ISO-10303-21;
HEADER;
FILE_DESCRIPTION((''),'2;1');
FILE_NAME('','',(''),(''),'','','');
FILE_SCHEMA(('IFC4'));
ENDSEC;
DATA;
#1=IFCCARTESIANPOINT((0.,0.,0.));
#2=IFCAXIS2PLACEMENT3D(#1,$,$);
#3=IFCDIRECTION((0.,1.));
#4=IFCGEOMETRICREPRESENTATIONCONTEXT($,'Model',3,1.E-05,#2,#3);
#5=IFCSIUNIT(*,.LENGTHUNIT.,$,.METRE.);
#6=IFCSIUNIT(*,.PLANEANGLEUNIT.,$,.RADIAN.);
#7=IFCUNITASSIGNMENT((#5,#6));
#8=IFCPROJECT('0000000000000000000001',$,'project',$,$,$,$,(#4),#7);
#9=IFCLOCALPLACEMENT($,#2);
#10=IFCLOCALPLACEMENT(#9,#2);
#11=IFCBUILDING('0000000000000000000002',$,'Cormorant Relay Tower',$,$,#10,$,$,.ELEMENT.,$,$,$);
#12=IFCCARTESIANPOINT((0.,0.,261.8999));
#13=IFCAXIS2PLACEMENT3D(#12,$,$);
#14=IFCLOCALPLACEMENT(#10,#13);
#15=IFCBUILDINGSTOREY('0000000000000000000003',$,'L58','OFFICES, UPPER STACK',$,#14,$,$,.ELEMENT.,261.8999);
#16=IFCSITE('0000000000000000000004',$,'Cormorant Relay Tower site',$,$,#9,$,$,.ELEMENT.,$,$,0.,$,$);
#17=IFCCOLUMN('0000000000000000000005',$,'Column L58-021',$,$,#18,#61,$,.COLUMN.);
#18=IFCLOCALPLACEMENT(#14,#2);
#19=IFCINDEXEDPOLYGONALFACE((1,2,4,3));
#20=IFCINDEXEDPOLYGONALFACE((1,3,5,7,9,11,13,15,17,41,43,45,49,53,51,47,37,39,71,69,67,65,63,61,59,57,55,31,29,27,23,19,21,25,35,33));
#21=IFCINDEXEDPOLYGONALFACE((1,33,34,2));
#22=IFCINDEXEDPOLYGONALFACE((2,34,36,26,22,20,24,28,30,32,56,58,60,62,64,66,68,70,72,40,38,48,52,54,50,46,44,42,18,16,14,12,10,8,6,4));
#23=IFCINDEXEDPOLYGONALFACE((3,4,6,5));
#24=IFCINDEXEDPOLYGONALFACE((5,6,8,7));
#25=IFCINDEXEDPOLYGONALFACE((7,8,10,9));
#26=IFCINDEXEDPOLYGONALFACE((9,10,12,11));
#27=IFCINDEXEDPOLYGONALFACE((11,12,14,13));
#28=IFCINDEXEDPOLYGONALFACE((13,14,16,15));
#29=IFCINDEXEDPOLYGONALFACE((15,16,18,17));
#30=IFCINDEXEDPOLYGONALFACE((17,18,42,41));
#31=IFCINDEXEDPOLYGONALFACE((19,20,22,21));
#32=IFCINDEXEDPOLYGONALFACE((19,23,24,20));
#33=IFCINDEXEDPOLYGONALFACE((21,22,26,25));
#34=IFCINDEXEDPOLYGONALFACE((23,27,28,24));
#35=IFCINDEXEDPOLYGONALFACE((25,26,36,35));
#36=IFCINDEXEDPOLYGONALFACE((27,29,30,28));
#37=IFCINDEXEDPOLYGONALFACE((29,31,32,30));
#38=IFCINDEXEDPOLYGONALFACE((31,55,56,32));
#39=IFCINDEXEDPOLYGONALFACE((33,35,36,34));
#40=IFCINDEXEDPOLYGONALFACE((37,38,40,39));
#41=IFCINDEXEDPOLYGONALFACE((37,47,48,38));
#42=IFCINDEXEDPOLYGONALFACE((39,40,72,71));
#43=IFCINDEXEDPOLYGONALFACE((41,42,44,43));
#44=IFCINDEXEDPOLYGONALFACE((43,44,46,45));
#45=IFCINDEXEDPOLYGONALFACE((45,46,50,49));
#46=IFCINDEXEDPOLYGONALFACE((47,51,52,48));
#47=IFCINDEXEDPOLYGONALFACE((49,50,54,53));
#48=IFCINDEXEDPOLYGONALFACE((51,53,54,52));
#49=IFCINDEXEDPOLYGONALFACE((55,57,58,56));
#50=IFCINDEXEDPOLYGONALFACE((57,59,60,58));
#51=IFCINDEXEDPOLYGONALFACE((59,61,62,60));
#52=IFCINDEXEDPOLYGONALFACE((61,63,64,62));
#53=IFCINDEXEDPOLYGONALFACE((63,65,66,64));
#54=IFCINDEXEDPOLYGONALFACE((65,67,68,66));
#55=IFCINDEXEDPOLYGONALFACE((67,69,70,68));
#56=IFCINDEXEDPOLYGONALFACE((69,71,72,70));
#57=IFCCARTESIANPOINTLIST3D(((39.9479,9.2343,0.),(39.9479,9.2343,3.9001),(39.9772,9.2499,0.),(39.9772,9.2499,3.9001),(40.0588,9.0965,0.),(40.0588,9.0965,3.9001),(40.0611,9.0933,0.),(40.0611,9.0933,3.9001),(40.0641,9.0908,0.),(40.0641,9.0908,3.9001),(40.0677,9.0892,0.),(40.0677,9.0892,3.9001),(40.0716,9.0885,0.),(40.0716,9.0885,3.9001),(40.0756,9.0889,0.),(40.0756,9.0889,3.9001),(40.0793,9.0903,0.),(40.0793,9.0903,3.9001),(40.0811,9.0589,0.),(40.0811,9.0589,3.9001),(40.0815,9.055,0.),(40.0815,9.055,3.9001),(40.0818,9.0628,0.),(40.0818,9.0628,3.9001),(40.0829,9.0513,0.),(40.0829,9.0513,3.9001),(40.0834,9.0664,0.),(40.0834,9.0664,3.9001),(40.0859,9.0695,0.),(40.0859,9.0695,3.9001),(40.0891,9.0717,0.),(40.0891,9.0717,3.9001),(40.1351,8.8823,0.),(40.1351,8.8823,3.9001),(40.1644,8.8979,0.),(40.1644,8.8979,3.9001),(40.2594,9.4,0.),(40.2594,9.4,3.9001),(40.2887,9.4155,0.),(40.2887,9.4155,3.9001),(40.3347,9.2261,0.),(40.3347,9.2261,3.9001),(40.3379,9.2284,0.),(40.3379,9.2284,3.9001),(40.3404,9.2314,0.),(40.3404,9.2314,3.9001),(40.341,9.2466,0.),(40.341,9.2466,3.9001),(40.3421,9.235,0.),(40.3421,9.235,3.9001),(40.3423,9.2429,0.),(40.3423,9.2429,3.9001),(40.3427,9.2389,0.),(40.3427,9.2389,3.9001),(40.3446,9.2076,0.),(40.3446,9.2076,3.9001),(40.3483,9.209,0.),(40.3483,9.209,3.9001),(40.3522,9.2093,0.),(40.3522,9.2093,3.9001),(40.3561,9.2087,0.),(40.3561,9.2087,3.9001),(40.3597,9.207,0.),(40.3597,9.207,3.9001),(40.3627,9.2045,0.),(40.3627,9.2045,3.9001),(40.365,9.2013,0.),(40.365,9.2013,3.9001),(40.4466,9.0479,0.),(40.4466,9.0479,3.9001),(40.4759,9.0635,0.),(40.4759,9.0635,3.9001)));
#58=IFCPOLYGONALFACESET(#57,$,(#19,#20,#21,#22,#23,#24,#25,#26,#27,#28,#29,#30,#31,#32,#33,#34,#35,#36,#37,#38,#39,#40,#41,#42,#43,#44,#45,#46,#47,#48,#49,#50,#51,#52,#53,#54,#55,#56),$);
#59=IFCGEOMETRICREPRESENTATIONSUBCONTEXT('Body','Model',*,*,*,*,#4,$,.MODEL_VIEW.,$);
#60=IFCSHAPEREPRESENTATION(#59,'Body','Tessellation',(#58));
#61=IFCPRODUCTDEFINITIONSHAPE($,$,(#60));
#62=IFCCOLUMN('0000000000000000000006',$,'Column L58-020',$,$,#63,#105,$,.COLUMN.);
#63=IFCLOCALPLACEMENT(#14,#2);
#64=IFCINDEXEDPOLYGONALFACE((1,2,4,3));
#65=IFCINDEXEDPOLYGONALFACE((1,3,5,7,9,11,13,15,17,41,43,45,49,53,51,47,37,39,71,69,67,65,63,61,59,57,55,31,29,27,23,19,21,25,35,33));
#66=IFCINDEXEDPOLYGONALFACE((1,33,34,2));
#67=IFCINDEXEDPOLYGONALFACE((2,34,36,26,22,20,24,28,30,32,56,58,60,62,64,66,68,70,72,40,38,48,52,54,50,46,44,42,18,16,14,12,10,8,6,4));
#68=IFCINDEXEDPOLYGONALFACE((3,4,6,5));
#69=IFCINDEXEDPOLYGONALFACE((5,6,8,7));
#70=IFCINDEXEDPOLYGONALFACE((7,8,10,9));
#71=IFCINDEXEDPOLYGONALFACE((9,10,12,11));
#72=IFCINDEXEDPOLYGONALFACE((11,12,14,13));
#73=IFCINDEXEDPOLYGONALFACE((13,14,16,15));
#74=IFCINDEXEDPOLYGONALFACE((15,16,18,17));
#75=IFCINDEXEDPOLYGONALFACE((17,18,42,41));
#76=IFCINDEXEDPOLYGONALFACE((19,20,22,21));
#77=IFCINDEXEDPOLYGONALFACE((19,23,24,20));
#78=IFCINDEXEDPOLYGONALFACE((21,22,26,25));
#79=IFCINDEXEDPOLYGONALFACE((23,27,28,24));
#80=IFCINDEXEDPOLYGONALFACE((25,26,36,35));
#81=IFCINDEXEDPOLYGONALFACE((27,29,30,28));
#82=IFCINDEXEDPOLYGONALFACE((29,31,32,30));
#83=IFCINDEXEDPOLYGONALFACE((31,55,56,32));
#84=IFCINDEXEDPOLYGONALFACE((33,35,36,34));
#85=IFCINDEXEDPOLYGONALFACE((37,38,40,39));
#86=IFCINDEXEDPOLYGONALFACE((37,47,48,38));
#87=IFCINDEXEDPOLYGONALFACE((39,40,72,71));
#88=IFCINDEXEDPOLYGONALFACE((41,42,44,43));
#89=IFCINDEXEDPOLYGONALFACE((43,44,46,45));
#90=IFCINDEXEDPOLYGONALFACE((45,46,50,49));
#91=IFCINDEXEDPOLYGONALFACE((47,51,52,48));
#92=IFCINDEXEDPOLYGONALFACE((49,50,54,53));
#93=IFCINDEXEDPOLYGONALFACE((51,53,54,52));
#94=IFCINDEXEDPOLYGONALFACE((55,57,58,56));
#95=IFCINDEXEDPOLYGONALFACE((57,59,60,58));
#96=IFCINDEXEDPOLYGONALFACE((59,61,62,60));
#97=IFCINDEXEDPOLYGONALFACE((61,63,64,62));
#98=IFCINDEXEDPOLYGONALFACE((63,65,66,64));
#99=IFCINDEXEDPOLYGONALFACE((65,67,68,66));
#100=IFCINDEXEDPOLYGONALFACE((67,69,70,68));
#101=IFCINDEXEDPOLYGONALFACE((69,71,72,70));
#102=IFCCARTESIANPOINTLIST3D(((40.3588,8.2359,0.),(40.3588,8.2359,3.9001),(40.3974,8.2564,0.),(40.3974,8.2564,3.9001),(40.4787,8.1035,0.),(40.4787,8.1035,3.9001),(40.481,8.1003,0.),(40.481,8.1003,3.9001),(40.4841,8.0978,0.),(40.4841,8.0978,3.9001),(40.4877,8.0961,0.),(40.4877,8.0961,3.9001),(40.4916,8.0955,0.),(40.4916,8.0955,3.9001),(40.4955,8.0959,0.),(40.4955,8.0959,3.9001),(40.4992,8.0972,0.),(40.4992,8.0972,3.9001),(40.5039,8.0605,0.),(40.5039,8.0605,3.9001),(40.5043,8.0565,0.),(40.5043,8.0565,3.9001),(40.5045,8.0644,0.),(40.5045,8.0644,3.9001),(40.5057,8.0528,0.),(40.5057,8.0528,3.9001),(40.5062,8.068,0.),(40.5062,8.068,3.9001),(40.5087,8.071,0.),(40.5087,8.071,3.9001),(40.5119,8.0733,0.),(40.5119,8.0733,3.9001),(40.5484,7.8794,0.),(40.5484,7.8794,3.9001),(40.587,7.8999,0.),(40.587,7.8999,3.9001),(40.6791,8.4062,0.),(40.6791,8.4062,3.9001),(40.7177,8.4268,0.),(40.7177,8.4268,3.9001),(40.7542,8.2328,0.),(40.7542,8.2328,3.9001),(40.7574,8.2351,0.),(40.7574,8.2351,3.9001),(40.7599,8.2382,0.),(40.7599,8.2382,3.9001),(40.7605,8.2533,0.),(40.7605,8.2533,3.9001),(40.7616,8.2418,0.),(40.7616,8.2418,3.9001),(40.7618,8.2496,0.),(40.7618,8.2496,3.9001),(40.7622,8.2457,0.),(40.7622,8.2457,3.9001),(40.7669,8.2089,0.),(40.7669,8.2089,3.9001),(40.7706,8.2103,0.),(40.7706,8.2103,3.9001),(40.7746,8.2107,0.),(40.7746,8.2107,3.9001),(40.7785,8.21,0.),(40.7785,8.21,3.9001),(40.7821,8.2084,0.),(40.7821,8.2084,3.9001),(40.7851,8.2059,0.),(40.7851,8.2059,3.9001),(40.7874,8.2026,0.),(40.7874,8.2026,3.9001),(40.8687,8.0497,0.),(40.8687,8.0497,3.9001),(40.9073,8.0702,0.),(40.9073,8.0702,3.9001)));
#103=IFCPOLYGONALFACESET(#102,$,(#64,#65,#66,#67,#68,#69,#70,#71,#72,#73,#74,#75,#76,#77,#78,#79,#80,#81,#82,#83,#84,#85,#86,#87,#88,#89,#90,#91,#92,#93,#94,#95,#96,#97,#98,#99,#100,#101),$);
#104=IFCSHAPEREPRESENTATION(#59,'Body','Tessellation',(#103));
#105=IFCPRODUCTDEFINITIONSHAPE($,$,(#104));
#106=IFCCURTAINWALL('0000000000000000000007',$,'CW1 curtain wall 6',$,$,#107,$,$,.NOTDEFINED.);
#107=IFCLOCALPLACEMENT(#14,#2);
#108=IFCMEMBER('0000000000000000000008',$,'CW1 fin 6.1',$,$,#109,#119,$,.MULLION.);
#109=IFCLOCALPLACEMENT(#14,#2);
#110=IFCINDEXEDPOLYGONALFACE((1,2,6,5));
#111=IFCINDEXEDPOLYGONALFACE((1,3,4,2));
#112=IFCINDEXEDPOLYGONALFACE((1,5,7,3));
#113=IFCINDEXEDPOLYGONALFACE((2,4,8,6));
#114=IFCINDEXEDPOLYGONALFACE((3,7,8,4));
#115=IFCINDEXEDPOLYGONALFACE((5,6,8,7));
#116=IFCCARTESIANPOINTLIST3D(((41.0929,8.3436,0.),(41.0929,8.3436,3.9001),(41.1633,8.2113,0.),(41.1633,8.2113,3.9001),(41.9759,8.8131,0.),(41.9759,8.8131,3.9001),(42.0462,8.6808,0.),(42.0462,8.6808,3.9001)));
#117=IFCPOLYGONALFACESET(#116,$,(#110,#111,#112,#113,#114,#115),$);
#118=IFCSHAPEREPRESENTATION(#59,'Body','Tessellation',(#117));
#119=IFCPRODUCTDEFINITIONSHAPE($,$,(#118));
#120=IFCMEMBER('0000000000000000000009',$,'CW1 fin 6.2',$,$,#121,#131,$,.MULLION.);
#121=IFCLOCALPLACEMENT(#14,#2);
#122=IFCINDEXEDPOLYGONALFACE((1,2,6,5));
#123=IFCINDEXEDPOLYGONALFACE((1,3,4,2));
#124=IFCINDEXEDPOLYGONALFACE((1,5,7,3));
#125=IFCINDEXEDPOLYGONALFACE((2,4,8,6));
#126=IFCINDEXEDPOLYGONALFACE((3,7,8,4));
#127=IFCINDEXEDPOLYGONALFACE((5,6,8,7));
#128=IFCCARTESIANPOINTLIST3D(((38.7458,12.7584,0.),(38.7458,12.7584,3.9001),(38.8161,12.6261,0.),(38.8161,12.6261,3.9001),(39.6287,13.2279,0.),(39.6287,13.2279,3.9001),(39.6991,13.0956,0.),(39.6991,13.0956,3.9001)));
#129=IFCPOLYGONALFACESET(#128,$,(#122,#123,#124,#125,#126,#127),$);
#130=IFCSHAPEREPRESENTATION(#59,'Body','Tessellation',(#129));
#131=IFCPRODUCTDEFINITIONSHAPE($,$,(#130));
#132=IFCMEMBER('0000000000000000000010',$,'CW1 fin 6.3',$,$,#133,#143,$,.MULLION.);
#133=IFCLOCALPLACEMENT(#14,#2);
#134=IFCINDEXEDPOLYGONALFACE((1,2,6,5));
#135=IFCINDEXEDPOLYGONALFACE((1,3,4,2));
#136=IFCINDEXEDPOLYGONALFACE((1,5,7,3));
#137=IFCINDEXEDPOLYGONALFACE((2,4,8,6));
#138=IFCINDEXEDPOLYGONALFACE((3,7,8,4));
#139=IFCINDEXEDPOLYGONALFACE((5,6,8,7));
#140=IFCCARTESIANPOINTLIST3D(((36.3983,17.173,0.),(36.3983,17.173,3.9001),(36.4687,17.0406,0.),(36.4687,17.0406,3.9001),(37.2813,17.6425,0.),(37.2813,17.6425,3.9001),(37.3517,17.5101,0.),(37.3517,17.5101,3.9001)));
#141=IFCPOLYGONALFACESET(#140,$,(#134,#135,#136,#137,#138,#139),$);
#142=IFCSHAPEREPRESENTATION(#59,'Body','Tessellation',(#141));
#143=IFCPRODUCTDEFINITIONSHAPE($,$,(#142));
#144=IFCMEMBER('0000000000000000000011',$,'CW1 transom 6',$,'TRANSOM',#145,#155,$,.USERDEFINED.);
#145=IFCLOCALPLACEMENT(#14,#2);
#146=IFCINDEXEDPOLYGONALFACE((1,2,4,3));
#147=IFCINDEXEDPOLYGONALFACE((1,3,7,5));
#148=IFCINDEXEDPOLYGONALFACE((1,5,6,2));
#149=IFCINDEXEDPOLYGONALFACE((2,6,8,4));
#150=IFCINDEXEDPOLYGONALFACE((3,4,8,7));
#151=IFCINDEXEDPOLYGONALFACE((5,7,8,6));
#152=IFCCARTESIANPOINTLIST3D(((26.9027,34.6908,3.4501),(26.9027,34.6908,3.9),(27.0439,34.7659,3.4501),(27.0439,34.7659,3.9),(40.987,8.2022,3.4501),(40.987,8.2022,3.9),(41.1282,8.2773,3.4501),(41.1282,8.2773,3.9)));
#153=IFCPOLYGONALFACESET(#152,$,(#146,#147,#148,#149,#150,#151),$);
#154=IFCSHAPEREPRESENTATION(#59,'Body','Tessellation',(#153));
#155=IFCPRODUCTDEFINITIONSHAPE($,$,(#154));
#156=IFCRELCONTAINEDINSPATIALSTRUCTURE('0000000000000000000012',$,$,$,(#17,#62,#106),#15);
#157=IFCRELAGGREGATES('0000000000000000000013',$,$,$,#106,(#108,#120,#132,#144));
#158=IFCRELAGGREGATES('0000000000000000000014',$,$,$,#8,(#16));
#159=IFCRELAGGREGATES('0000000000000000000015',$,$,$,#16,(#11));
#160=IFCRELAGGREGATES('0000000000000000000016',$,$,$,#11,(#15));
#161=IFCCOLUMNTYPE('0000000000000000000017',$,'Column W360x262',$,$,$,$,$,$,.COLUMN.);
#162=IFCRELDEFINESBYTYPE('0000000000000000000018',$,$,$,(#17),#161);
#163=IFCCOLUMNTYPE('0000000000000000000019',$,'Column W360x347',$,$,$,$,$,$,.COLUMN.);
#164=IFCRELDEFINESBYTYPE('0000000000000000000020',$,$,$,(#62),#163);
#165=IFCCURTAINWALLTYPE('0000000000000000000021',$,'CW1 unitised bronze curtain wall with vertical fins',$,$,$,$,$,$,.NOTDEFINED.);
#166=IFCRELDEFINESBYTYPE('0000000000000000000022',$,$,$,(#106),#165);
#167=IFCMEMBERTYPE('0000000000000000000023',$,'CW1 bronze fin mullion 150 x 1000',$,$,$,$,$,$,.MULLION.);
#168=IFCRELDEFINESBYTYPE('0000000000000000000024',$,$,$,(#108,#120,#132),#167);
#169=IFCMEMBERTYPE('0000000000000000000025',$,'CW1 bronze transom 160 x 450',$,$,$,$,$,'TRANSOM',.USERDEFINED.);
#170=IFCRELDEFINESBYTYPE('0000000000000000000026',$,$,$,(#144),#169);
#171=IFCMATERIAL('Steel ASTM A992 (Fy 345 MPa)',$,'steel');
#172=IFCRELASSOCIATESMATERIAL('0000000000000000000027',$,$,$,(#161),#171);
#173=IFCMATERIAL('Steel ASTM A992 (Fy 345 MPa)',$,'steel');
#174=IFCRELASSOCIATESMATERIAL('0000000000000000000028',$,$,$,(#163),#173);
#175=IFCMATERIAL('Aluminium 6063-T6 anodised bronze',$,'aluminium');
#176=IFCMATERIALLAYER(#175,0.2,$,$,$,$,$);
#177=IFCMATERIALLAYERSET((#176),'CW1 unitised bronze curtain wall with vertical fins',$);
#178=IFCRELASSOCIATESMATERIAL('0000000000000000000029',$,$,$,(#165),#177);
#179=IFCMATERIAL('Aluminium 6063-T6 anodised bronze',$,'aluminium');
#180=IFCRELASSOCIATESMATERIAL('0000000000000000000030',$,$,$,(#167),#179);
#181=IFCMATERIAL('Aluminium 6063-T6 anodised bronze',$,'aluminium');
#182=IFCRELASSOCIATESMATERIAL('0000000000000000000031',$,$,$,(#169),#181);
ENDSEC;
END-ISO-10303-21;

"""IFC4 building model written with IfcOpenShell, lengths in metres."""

from ifc_helpers import new_model, si_unit, direction, frame, origin, origin_2d, place, context, subcontext, project, spatial, rectangle, i_section, extrude, material, layer, layer_set, material_profile, profile_set, type_object, element, aggregate, save


model = new_model("IFC4")

# Units and contexts
model_context = context("Model", 3, precision=1e-05, world=origin(), true_north=direction((0.0, 1.0)))
body_context = subcontext(model_context, "Body", "Model", "MODEL_VIEW")
ifc_project = project(units=[si_unit("LENGTHUNIT", "METRE"), si_unit("PLANEANGLEUNIT", "RADIAN")], contexts=[model_context])

# Site, building, storey
site_placement = place(None, origin())
site = spatial("IfcSite", under=ifc_project, at=site_placement, Name="Cormorant Relay Tower site", CompositionType="ELEMENT", RefElevation=0.0)
building_placement = place(site_placement, origin())
building = spatial("IfcBuilding", under=site, at=building_placement, Name="Cormorant Relay Tower", CompositionType="ELEMENT")
storey_placement = place(building_placement, frame((0.0, 0.0, 261.8999)))
storey = spatial("IfcBuildingStorey", under=building, at=storey_placement, Name="L58", Description="OFFICES, UPPER STACK", CompositionType="ELEMENT", Elevation=261.8999)

# Columns
ifc_material_1 = material(Name="Steel ASTM A992 (Fy 345 MPa)", Category="steel")
ifc_material_profile_1 = material_profile(ifc_material_1, i_section(OverallWidth=0.3987, OverallDepth=0.386, WebThickness=0.021, FlangeThickness=0.0332, FilletRadius=0.0151, at=origin_2d()), Name="W360x262")
ifc_profile_set_1 = profile_set([ifc_material_profile_1], Name="Steel ASTM A992 (Fy 345 MPa)")
column_type_1 = type_object("IfcColumnType", Name="Column W360x262", PredefinedType="COLUMN", material=ifc_profile_set_1)
column_1_placement = place(storey_placement, frame((40.2119, 9.1489, 0.0), z_axis=(0.0, 0.0, 1.0), x_axis=(-0.469472, 0.882948, 0.0)))
element("IfcColumn", 1, at=column_1_placement, inside=storey, type_object=column_type_1, Name="Column L58-021", PredefinedType="COLUMN", context=body_context, shape_type="SweptSolid", body=[
    extrude(i_section(OverallWidth=0.3987, OverallDepth=0.386, WebThickness=0.021, FlangeThickness=0.0332, FilletRadius=0.0151, at=origin_2d()), origin(), (0.0, 0.0, 1.0), 3.9001),
])
ifc_material_2 = material(Name="Steel ASTM A992 (Fy 345 MPa)", Category="steel")
ifc_material_profile_2 = material_profile(ifc_material_2, i_section(OverallWidth=0.4038, OverallDepth=0.4065, WebThickness=0.0271, FlangeThickness=0.0437, FilletRadius=0.0151, at=origin_2d()), Name="W360x347")
ifc_profile_set_2 = profile_set([ifc_material_profile_2], Name="Steel ASTM A992 (Fy 345 MPa)")
column_type_2 = type_object("IfcColumnType", Name="Column W360x347", PredefinedType="COLUMN", material=ifc_profile_set_2)
column_2_placement = place(storey_placement, frame((40.6331, 8.1531, 0.0), z_axis=(0.0, 0.0, 1.0), x_axis=(-0.469472, 0.882948, 0.0)))
element("IfcColumn", 2, at=column_2_placement, inside=storey, type_object=column_type_2, Name="Column L58-020", PredefinedType="COLUMN", context=body_context, shape_type="SweptSolid", body=[
    extrude(i_section(OverallWidth=0.4038, OverallDepth=0.4065, WebThickness=0.0271, FlangeThickness=0.0437, FilletRadius=0.0151, at=origin_2d()), origin(), (0.0, 0.0, 1.0), 3.9001),
])

# Curtain wall, members
ifc_material_3 = material(Name="Aluminium 6063-T6 anodised bronze", Category="aluminium")
ifc_layer_1 = layer(ifc_material_3, 0.2)
ifc_layer_set_1 = layer_set([ifc_layer_1], Name="CW1 unitised bronze curtain wall with vertical fins")
curtain_wall_type = type_object("IfcCurtainWallType", Name="CW1 unitised bronze curtain wall with vertical fins", PredefinedType="NOTDEFINED", material=ifc_layer_set_1)
curtain_wall_1_placement = place(storey_placement, origin())
curtain_wall_1 = element("IfcCurtainWall", 3, at=curtain_wall_1_placement, inside=storey, type_object=curtain_wall_type, Name="CW1 curtain wall 6", PredefinedType="NOTDEFINED")
ifc_material_4 = material(Name="Aluminium 6063-T6 anodised bronze", Category="aluminium")
ifc_material_profile_3 = material_profile(ifc_material_4, rectangle(XDim=0.1499, YDim=1.0, at=origin_2d()), Name="AL 150x1000")
ifc_profile_set_3 = profile_set([ifc_material_profile_3], Name="Aluminium 6063-T6 anodised bronze")
member_type_1 = type_object("IfcMemberType", Name="CW1 bronze fin mullion 150 x 1000", PredefinedType="MULLION", material=ifc_profile_set_3)
member_1_placement = place(storey_placement, frame((41.5696, 8.5122, 0.0), z_axis=(0.0, 0.0, 1.0), x_axis=(-0.469472, 0.882948, 0.0)))
member_1 = element("IfcMember", 4, at=member_1_placement, type_object=member_type_1, Name="CW1 fin 6.1", PredefinedType="MULLION", context=body_context, shape_type="SweptSolid", body=[
    extrude(rectangle(XDim=0.1499, YDim=1.0, at=origin_2d()), origin(), (0.0, 0.0, 1.0), 3.9001),
])
member_2_placement = place(storey_placement, frame((39.2224, 12.927, 0.0), z_axis=(0.0, 0.0, 1.0), x_axis=(-0.469472, 0.882948, 0.0)))
member_2 = element("IfcMember", 5, at=member_2_placement, type_object=member_type_1, Name="CW1 fin 6.2", PredefinedType="MULLION", context=body_context, shape_type="SweptSolid", body=[
    extrude(rectangle(XDim=0.1499, YDim=1.0, at=origin_2d()), origin(), (0.0, 0.0, 1.0), 3.9001),
])
member_3_placement = place(storey_placement, frame((36.875, 17.3416, 0.0), z_axis=(0.0, 0.0, 1.0), x_axis=(-0.469472, 0.882948, 0.0)))
member_3 = element("IfcMember", 6, at=member_3_placement, type_object=member_type_1, Name="CW1 fin 6.3", PredefinedType="MULLION", context=body_context, shape_type="SweptSolid", body=[
    extrude(rectangle(XDim=0.1499, YDim=1.0, at=origin_2d()), origin(), (0.0, 0.0, 1.0), 3.9001),
])
ifc_material_5 = material(Name="Aluminium 6063-T6 anodised bronze", Category="aluminium")
ifc_material_profile_4 = material_profile(ifc_material_5, rectangle(XDim=0.1599, YDim=0.45, at=origin_2d()), Name="AL 160x450")
ifc_profile_set_4 = profile_set([ifc_material_profile_4], Name="Aluminium 6063-T6 anodised bronze")
member_type_2 = type_object("IfcMemberType", Name="CW1 bronze transom 160 x 450", ElementType="TRANSOM", PredefinedType="USERDEFINED", material=ifc_profile_set_4)
member_4_placement = place(storey_placement, frame((41.0576, 8.2397, 3.675), z_axis=(-0.469472, 0.882947, 0.0), x_axis=(-0.882947, -0.469472, 0.0)))
member_4 = element("IfcMember", 7, at=member_4_placement, type_object=member_type_2, Name="CW1 transom 6", ObjectType="TRANSOM", PredefinedType="USERDEFINED", context=body_context, shape_type="SweptSolid", body=[
    extrude(rectangle(XDim=0.1599, YDim=0.45, at=origin_2d()), origin(), (0.0, 0.0, 1.0), 30.0002),
])

aggregate(curtain_wall_1, [member_1, member_2, member_3, member_4])

save(model, "model.ifc")
